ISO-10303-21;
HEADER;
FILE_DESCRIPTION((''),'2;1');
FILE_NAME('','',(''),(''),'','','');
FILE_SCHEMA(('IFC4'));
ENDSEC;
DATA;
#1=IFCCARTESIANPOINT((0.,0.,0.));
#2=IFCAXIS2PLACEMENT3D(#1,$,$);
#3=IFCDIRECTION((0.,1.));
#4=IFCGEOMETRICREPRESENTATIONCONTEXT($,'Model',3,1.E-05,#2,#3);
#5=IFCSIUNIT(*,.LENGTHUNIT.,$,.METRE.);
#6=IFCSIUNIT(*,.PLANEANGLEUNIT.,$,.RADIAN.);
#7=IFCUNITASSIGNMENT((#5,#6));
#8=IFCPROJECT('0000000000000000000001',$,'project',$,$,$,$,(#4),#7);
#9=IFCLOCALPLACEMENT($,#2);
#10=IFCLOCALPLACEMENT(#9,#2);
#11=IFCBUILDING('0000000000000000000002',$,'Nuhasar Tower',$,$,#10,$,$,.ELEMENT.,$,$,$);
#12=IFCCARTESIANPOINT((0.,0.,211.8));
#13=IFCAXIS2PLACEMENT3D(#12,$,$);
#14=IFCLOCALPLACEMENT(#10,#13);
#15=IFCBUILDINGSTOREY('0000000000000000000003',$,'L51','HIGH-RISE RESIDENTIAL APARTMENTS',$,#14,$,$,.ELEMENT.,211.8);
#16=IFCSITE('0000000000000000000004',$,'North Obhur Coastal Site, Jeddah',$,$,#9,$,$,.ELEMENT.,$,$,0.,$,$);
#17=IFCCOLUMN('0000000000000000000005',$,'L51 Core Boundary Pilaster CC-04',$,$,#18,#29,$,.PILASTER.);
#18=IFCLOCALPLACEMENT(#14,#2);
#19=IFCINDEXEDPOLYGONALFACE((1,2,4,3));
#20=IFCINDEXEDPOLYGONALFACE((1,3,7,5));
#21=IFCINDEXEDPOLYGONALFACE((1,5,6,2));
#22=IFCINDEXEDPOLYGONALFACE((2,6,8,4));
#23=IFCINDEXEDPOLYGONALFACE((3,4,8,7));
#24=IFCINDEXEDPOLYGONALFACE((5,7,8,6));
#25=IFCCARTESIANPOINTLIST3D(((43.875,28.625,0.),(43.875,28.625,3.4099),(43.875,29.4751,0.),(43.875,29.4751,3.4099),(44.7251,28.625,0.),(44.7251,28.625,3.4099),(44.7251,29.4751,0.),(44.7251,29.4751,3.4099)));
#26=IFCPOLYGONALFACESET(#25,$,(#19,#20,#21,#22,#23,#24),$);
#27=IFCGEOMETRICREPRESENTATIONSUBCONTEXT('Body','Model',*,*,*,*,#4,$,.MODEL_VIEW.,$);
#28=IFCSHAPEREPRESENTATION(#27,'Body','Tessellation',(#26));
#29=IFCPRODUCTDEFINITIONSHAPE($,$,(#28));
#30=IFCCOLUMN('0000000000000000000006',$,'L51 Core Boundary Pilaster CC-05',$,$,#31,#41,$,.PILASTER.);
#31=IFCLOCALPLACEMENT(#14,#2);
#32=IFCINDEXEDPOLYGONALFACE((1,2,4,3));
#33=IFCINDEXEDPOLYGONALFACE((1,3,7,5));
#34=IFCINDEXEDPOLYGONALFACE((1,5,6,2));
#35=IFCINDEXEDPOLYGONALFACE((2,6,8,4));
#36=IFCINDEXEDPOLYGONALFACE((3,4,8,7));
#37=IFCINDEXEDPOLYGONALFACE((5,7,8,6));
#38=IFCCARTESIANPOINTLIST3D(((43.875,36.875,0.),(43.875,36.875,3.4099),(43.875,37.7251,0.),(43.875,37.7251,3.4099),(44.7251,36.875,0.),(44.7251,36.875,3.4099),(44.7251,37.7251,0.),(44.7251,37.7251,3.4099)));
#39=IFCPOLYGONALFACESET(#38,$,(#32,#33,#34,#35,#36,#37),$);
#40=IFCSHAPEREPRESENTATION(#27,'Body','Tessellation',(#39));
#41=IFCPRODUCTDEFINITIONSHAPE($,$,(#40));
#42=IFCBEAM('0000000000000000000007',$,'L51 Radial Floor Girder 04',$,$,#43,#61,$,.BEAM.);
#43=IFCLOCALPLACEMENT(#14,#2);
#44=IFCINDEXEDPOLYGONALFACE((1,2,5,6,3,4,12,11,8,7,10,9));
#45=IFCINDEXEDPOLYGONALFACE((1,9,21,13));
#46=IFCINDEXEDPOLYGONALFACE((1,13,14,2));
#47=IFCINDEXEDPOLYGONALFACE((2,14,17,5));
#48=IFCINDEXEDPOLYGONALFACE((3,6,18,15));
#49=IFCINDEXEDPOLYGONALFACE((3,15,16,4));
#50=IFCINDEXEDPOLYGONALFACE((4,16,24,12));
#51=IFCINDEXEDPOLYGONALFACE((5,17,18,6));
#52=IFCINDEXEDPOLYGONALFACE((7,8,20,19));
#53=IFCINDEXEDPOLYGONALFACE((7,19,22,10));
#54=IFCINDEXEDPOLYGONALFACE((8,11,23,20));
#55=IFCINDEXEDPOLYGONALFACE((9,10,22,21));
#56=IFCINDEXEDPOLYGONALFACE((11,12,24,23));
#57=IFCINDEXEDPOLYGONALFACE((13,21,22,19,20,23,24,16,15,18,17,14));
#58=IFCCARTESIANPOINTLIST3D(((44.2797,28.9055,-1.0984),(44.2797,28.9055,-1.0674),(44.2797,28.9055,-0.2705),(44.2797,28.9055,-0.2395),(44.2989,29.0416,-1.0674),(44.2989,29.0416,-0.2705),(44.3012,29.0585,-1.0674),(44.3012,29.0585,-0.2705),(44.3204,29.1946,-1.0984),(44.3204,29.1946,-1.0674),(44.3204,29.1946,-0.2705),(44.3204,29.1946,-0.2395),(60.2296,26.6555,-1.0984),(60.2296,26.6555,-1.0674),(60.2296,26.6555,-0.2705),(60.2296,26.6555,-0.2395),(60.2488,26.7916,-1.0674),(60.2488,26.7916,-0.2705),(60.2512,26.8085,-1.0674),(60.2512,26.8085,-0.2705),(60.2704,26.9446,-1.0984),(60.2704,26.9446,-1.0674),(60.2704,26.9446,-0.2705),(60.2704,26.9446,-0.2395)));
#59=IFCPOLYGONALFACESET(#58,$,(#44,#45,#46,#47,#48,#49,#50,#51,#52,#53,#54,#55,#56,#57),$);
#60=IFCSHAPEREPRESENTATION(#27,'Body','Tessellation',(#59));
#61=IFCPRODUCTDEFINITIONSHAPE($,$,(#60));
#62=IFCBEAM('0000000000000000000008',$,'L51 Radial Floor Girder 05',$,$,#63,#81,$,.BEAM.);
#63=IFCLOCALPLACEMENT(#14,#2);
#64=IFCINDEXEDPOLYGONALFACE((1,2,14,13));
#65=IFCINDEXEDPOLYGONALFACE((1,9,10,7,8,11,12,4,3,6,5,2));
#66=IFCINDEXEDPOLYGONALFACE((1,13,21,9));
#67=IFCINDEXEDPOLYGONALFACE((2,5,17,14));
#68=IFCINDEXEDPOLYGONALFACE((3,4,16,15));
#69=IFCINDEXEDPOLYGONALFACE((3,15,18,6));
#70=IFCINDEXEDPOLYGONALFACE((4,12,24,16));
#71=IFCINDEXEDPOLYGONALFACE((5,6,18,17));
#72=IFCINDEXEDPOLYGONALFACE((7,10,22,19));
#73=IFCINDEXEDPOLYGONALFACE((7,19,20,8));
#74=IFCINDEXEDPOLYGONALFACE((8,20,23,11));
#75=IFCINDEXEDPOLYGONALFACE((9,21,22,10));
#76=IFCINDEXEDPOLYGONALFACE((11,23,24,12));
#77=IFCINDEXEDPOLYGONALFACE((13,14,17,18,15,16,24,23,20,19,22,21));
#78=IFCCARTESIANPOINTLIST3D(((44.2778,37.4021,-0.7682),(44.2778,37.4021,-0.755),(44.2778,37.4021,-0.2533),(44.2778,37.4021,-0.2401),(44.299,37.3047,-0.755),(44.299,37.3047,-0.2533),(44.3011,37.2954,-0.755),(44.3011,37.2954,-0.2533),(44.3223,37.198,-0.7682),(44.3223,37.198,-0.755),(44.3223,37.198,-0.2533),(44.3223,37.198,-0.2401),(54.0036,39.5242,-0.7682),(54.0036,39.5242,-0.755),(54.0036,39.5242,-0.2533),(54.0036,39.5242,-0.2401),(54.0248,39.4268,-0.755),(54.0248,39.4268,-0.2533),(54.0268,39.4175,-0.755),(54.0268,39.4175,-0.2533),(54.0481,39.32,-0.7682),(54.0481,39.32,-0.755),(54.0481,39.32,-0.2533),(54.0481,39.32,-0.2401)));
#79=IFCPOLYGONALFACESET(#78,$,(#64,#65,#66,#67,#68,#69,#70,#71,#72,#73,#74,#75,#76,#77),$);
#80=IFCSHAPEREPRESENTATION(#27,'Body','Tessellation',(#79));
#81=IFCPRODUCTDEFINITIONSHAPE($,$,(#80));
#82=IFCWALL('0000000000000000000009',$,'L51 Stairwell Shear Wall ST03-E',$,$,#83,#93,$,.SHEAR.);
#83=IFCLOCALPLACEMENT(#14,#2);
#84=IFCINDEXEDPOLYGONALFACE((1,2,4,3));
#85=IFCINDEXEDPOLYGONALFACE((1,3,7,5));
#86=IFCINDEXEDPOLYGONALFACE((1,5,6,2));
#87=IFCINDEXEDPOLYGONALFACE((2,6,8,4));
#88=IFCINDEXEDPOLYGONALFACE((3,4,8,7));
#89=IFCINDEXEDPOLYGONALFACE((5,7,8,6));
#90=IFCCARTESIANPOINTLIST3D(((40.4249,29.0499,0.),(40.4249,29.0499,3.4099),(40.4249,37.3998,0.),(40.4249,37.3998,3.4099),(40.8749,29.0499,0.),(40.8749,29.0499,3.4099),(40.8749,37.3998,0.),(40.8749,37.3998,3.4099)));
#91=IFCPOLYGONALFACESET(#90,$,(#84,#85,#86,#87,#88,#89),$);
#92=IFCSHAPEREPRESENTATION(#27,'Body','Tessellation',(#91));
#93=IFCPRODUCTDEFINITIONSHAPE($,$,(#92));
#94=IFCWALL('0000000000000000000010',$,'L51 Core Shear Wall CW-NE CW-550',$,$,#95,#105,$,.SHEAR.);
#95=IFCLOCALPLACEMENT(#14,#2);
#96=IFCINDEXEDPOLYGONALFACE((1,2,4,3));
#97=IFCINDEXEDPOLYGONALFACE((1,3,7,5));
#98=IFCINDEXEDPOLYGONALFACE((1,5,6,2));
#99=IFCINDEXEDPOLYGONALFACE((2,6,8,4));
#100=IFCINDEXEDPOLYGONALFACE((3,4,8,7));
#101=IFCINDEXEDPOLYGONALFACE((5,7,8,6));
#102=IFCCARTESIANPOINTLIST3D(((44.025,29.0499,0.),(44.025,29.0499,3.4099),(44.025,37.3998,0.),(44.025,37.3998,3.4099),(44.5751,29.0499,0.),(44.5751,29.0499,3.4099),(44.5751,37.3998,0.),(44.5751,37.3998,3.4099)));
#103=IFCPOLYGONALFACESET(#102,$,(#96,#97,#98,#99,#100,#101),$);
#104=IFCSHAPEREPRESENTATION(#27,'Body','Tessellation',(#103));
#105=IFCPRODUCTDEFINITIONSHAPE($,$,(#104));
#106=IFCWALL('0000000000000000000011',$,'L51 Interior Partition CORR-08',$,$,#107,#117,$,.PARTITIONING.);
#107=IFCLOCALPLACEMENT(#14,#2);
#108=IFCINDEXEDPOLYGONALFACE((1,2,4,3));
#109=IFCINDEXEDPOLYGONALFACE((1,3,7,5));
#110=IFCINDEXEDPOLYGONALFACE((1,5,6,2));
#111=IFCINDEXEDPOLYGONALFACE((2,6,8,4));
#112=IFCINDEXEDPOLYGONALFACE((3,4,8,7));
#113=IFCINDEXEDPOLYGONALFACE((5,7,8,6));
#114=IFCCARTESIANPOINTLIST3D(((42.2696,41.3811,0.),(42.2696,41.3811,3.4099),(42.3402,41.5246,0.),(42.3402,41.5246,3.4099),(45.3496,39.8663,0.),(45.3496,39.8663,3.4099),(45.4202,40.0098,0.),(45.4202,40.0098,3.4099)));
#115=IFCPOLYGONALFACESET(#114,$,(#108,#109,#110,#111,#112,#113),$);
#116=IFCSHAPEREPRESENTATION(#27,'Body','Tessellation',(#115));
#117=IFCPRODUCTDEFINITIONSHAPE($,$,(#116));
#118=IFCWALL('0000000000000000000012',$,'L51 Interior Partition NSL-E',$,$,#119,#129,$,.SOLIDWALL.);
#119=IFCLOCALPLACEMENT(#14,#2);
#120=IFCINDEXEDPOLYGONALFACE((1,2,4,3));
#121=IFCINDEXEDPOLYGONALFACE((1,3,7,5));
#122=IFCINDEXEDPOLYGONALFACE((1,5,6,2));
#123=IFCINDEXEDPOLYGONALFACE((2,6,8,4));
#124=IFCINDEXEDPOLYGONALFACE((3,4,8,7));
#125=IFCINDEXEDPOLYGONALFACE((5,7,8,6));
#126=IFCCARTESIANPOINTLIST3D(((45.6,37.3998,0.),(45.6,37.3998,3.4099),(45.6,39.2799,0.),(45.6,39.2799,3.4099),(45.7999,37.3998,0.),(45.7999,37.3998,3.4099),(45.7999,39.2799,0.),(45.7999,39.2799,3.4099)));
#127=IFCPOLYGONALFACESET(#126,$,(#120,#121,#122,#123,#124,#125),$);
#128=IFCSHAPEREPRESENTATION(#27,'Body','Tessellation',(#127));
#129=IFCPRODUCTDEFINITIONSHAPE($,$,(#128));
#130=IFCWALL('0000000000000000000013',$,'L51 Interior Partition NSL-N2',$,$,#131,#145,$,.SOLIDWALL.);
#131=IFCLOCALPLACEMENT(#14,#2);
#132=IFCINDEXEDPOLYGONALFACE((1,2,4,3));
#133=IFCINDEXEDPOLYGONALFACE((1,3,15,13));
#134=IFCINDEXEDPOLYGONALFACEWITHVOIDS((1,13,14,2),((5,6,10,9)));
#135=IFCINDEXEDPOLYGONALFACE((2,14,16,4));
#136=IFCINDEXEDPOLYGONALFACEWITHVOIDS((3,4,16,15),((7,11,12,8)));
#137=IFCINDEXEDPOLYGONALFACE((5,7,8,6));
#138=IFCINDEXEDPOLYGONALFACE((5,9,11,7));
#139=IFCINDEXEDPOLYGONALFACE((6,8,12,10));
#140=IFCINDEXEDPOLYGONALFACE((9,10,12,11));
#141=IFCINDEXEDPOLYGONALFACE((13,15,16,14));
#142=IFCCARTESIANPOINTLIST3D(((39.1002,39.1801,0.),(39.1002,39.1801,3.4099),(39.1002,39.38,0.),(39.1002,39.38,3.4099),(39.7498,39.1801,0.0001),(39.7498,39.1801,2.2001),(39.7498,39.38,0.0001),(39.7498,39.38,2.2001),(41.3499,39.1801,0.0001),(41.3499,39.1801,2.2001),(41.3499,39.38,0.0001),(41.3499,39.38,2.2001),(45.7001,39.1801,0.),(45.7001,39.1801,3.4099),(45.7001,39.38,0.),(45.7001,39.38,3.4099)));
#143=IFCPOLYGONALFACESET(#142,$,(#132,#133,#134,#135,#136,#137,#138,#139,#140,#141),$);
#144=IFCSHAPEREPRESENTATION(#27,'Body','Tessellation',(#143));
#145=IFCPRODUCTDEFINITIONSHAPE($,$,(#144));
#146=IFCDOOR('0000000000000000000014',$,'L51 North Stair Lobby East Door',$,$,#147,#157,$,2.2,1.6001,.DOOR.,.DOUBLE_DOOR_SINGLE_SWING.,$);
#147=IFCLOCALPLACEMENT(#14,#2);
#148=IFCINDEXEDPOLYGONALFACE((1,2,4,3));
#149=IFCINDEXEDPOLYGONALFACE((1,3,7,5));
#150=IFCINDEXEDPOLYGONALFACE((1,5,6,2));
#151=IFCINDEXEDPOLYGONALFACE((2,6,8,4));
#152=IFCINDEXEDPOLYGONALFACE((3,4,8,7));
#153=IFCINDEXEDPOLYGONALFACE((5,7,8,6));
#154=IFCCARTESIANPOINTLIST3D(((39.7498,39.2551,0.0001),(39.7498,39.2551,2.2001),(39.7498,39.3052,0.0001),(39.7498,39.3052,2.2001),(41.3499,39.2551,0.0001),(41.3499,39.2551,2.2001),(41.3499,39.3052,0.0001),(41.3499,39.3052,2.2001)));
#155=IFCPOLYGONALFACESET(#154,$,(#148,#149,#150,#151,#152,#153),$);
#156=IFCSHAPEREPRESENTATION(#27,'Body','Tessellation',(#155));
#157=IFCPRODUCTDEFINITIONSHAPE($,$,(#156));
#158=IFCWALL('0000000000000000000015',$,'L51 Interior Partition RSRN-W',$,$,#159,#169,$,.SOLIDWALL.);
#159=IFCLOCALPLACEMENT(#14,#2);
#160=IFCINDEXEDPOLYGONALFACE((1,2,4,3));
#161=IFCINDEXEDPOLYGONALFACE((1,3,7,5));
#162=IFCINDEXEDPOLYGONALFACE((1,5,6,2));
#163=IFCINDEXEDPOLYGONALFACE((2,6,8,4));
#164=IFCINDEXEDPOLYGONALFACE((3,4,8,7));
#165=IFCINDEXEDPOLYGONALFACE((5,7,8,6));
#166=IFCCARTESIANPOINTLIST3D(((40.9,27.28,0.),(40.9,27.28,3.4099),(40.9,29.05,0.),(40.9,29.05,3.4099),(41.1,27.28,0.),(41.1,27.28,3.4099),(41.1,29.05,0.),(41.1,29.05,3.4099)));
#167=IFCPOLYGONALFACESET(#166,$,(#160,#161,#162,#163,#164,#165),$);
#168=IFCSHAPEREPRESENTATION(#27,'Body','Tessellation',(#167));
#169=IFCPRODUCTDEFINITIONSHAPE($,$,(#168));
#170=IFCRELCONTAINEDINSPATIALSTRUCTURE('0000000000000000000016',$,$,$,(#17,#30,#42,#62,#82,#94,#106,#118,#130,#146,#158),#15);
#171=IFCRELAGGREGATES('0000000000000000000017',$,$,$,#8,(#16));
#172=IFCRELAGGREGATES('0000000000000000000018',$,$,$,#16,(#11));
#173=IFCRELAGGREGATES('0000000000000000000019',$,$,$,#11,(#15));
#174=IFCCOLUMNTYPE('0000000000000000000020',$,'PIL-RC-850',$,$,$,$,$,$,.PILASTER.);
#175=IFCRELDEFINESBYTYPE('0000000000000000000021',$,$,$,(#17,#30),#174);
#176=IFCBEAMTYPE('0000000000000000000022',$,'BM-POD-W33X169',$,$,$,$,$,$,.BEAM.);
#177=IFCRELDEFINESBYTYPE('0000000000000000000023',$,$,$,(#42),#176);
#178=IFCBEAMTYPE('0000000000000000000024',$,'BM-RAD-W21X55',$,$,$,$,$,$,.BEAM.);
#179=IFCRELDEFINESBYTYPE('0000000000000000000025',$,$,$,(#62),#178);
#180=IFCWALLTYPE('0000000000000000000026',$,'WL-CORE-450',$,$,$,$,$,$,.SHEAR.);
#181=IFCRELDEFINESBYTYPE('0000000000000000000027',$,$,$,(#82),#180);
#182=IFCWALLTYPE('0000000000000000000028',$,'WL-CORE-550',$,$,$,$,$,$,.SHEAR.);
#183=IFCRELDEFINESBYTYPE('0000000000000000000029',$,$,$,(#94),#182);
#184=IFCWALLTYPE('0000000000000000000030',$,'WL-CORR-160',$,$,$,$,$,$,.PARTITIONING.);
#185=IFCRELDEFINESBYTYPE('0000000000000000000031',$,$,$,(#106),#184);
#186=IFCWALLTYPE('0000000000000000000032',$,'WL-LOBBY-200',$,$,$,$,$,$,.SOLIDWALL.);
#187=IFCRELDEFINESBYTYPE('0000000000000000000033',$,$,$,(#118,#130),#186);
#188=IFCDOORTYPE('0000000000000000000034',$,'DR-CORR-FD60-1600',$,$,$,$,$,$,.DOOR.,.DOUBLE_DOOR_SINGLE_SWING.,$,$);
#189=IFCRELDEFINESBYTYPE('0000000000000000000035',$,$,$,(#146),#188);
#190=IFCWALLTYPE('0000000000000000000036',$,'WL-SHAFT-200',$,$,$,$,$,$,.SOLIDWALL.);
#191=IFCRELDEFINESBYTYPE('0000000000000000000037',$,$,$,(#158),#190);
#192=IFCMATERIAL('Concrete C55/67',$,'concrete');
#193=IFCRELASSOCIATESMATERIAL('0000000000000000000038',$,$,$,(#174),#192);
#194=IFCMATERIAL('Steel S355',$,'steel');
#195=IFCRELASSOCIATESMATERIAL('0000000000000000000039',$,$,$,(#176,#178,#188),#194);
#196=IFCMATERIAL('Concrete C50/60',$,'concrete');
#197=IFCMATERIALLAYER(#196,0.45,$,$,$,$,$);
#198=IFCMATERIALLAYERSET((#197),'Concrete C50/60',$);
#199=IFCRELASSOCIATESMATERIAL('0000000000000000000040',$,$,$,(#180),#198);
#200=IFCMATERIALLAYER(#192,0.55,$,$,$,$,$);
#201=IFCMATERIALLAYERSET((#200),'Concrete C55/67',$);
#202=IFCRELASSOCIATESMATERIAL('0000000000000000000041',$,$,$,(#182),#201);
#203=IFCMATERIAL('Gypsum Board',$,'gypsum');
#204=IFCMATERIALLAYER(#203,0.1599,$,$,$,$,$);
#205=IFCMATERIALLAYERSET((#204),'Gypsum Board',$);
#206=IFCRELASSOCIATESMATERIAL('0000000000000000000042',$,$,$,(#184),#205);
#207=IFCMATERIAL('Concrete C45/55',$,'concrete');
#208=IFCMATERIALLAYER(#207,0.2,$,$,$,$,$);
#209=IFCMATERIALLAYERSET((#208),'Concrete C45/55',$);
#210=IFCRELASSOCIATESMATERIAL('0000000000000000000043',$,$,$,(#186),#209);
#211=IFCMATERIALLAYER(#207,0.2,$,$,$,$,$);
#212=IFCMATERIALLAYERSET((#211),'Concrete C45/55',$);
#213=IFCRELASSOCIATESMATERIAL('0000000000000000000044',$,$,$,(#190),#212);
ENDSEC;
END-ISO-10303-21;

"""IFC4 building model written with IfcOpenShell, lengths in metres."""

from ifc_helpers import new_model, si_unit, direction, frame, frame_2d, origin, origin_2d, place, context, subcontext, project, spatial, rectangle, i_section, extrude, material, layer, layer_set, material_profile, profile_set, type_object, element, fill, save


model = new_model("IFC4")

# Units and contexts
model_context = context("Model", 3, precision=1e-05, world=origin(), true_north=direction((0.0, 1.0)))
body_context = subcontext(model_context, "Body", "Model", "MODEL_VIEW")
ifc_project = project(units=[si_unit("LENGTHUNIT", "METRE"), si_unit("PLANEANGLEUNIT", "RADIAN")], contexts=[model_context])

# Site, building, storey
site_placement = place(None, origin())
site = spatial("IfcSite", under=ifc_project, at=site_placement, Name="North Obhur Coastal Site, Jeddah", CompositionType="ELEMENT", RefElevation=0.0)
building_placement = place(site_placement, origin())
building = spatial("IfcBuilding", under=site, at=building_placement, Name="Nuhasar Tower", CompositionType="ELEMENT")
storey_placement = place(building_placement, frame((0.0, 0.0, 211.8)))
storey = spatial("IfcBuildingStorey", under=building, at=storey_placement, Name="L51", Description="HIGH-RISE RESIDENTIAL APARTMENTS", CompositionType="ELEMENT", Elevation=211.8)

# Columns
ifc_material_1 = material(Name="Concrete C55/67", Category="concrete")
ifc_material_profile_1 = material_profile(ifc_material_1, rectangle(XDim=0.8501, YDim=0.8501, at=origin_2d()), Name="RC850X850")
ifc_profile_set_1 = profile_set([ifc_material_profile_1], Name="Concrete C55/67")
column_type = type_object("IfcColumnType", Name="PIL-RC-850", PredefinedType="PILASTER", material=ifc_profile_set_1)
for number, where, z_axis, x_axis, name in (
    (1, (44.3, 29.05, 0.0), (0.0, 0.0, 1.0), (1.0, 0.0, 0.0), "L51 Core Boundary Pilaster CC-04"),
    (2, (44.3, 37.3, 0.0), (0.0, 0.0, 1.0), (1.0, 0.0, 0.0), "L51 Core Boundary Pilaster CC-05"),
):
    element("IfcColumn", number, at=place(storey_placement, frame(where, z_axis=z_axis, x_axis=x_axis)), inside=storey, type_object=column_type, Name=name, PredefinedType="PILASTER", context=body_context, shape_type="SweptSolid", body=[
        extrude(rectangle(XDim=0.8501, YDim=0.8501, at=origin_2d()), origin(), (0.0, 0.0, 1.0), 3.4099),
    ])

# Beams
ifc_material_2 = material(Name="Steel S355", Category="steel")
ifc_material_profile_2 = material_profile(ifc_material_2, i_section(OverallWidth=0.292, OverallDepth=0.8589, WebThickness=0.0171, FlangeThickness=0.031, at=origin_2d()), Name="W33X169")
ifc_profile_set_2 = profile_set([ifc_material_profile_2], Name="Steel S355")
beam_type_1 = type_object("IfcBeamType", Name="BM-POD-W33X169", PredefinedType="BEAM", material=ifc_profile_set_2)
beam_1_placement = place(storey_placement, frame((44.3, 29.05, -0.6689), z_axis=(0.990196, -0.139683, 0.0), x_axis=(0.139683, 0.990196, 0.0)))
element("IfcBeam", 3, at=beam_1_placement, inside=storey, type_object=beam_type_1, Name="L51 Radial Floor Girder 04", PredefinedType="BEAM", context=body_context, shape_type="SweptSolid", body=[
    extrude(i_section(OverallWidth=0.292, OverallDepth=0.8589, WebThickness=0.0171, FlangeThickness=0.031, at=origin_2d()), origin(), (0.0, 0.0, 1.0), 16.1079),
])
ifc_material_profile_3 = material_profile(ifc_material_2, i_section(OverallWidth=0.209, OverallDepth=0.5281, WebThickness=0.0095, FlangeThickness=0.0132, at=origin_2d()), Name="W21X55")
ifc_profile_set_3 = profile_set([ifc_material_profile_3], Name="Steel S355")
beam_type_2 = type_object("IfcBeamType", Name="BM-RAD-W21X55", PredefinedType="BEAM", material=ifc_profile_set_3)
beam_2_placement = place(storey_placement, frame((44.3, 37.3, -0.5042), z_axis=(0.977014, 0.213174, 0.0), x_axis=(-0.213174, 0.977014, 0.0)))
element("IfcBeam", 4, at=beam_2_placement, inside=storey, type_object=beam_type_2, Name="L51 Radial Floor Girder 05", PredefinedType="BEAM", context=body_context, shape_type="SweptSolid", body=[
    extrude(i_section(OverallWidth=0.209, OverallDepth=0.5281, WebThickness=0.0095, FlangeThickness=0.0132, at=origin_2d()), origin(), (0.0, 0.0, 1.0), 9.9546),
])

# Shared definitions
ifc_material_3 = material(Name="Concrete C50/60", Category="concrete")
ifc_layer_1 = layer(ifc_material_3, 0.45)
ifc_layer_set_1 = layer_set([ifc_layer_1], Name="Concrete C50/60")
wall_type_1 = type_object("IfcWallType", Name="WL-CORE-450", PredefinedType="SHEAR", material=ifc_layer_set_1)

# Wall
wall_1_placement = place(storey_placement, frame((40.6499, 29.05, 0.0), z_axis=(0.0, 0.0, 1.0), x_axis=(0.0, 1.0, 0.0)))
element("IfcWall", 5, at=wall_1_placement, inside=storey, type_object=wall_type_1, Name="L51 Stairwell Shear Wall ST03-E", PredefinedType="SHEAR", context=body_context, shape_type="SweptSolid", body=[
    extrude(rectangle(XDim=8.3499, YDim=0.45, at=frame_2d((4.1748, 0.0))), origin(), (0.0, 0.0, 1.0), 3.4099),
])

# Wall
ifc_layer_2 = layer(ifc_material_1, 0.55)
ifc_layer_set_2 = layer_set([ifc_layer_2], Name="Concrete C55/67")
wall_type_2 = type_object("IfcWallType", Name="WL-CORE-550", PredefinedType="SHEAR", material=ifc_layer_set_2)
wall_2_placement = place(storey_placement, frame((44.3, 29.05, 0.0), z_axis=(0.0, 0.0, 1.0), x_axis=(0.0, 1.0, 0.0)))
element("IfcWall", 6, at=wall_2_placement, inside=storey, type_object=wall_type_2, Name="L51 Core Shear Wall CW-NE CW-550", PredefinedType="SHEAR", context=body_context, shape_type="SweptSolid", body=[
    extrude(rectangle(XDim=8.3499, YDim=0.55, at=frame_2d((4.1748, 0.0))), origin(), (0.0, 0.0, 1.0), 3.4099),
])

# Shared definitions
ifc_material_4 = material(Name="Gypsum Board", Category="gypsum")
ifc_layer_3 = layer(ifc_material_4, 0.1599)
ifc_layer_set_3 = layer_set([ifc_layer_3], Name="Gypsum Board")
wall_type_3 = type_object("IfcWallType", Name="WL-CORR-160", PredefinedType="PARTITIONING", material=ifc_layer_set_3)

# Walls
wall_3_placement = place(storey_placement, frame((45.385, 39.938, 0.0), z_axis=(0.0, 0.0, 1.0), x_axis=(-0.897338, 0.441343, 0.0)))
element("IfcWall", 7, at=wall_3_placement, inside=storey, type_object=wall_type_3, Name="L51 Interior Partition CORR-08", PredefinedType="PARTITIONING", context=body_context, shape_type="SweptSolid", body=[
    extrude(rectangle(XDim=3.4324, YDim=0.1599, at=frame_2d((1.7163, 0.0))), origin(), (0.0, 0.0, 1.0), 3.4099),
])
ifc_material_5 = material(Name="Concrete C45/55", Category="concrete")
ifc_layer_4 = layer(ifc_material_5, 0.2)
ifc_layer_set_4 = layer_set([ifc_layer_4], Name="Concrete C45/55")
wall_type_4 = type_object("IfcWallType", Name="WL-LOBBY-200", PredefinedType="SOLIDWALL", material=ifc_layer_set_4)
wall_4_placement = place(storey_placement, frame((45.7, 37.3999, 0.0), z_axis=(0.0, 0.0, 1.0), x_axis=(0.0, 1.0, 0.0)))
element("IfcWall", 8, at=wall_4_placement, inside=storey, type_object=wall_type_4, Name="L51 Interior Partition NSL-E", PredefinedType="SOLIDWALL", context=body_context, shape_type="SweptSolid", body=[
    extrude(rectangle(XDim=1.8801, YDim=0.2, at=frame_2d((0.9399, 0.0))), origin(), (0.0, 0.0, 1.0), 3.4099),
])

# Wall, opening, door
wall_5_placement = place(storey_placement, frame((45.7, 39.28, 0.0), z_axis=(0.0, 0.0, 1.0), x_axis=(-1.0, 0.0, 0.0)))
wall_5 = element("IfcWall", 9, at=wall_5_placement, inside=storey, type_object=wall_type_4, Name="L51 Interior Partition NSL-N2", PredefinedType="SOLIDWALL", context=body_context, shape_type="SweptSolid", body=[
    extrude(rectangle(XDim=6.5999, YDim=0.2, at=frame_2d((3.2998, 0.0))), origin(), (0.0, 0.0, 1.0), 3.4099),
])
opening_1_placement = place(wall_5_placement, frame((4.3501, 0.0, 0.0)))
opening_1 = element("IfcOpeningElement", 10, at=opening_1_placement, cuts=wall_5, PredefinedType="OPENING", context=body_context, shape_type="SweptSolid", body=[
    extrude(rectangle(XDim=1.6001, YDim=2.2, at=frame_2d((0.8, 1.1001))), frame((0.0, 0.1099, 0.0), z_axis=(0.0, -1.0, 0.0), x_axis=(1.0, 0.0, 0.0)), (0.0, 0.0, 1.0), 0.22),
])
door_type_1 = type_object("IfcDoorType", Name="DR-CORR-FD60-1600", OperationType="DOUBLE_DOOR_SINGLE_SWING", PredefinedType="DOOR", material=ifc_material_2)
door_1_placement = place(opening_1_placement, origin())
door_1 = element("IfcDoor", 11, at=door_1_placement, inside=storey, type_object=door_type_1, Name="L51 North Stair Lobby East Door", OperationType="DOUBLE_DOOR_SINGLE_SWING", OverallHeight=2.2, OverallWidth=1.6001, PredefinedType="DOOR", context=body_context, shape_type="SweptSolid", body=[
    extrude(rectangle(XDim=1.6001, YDim=2.2, at=frame_2d((0.8, 1.1001))), frame((0.0, 0.0249, 0.0), z_axis=(0.0, -1.0, 0.0), x_axis=(1.0, 0.0, 0.0)), (0.0, 0.0, 1.0), 0.05),
])
fill(opening_1, door_1)

# Wall
ifc_layer_5 = layer(ifc_material_5, 0.2)
ifc_layer_set_5 = layer_set([ifc_layer_5], Name="Concrete C45/55")
wall_type_5 = type_object("IfcWallType", Name="WL-SHAFT-200", PredefinedType="SOLIDWALL", material=ifc_layer_set_5)
for number, where, z_axis, x_axis, name in (
    (12, (41.0, 27.28, 0.0), (0.0, 0.0, 1.0), (0.0, 1.0, 0.0), "L51 Interior Partition RSRN-W"),
):
    element("IfcWall", number, at=place(storey_placement, frame(where, z_axis=z_axis, x_axis=x_axis)), inside=storey, type_object=wall_type_5, Name=name, PredefinedType="SOLIDWALL", context=body_context, shape_type="SweptSolid", body=[
        extrude(rectangle(XDim=1.77, YDim=0.2, at=frame_2d((0.885, 0.0))), origin(), (0.0, 0.0, 1.0), 3.4099),
    ])

save(model, "model.ifc")
